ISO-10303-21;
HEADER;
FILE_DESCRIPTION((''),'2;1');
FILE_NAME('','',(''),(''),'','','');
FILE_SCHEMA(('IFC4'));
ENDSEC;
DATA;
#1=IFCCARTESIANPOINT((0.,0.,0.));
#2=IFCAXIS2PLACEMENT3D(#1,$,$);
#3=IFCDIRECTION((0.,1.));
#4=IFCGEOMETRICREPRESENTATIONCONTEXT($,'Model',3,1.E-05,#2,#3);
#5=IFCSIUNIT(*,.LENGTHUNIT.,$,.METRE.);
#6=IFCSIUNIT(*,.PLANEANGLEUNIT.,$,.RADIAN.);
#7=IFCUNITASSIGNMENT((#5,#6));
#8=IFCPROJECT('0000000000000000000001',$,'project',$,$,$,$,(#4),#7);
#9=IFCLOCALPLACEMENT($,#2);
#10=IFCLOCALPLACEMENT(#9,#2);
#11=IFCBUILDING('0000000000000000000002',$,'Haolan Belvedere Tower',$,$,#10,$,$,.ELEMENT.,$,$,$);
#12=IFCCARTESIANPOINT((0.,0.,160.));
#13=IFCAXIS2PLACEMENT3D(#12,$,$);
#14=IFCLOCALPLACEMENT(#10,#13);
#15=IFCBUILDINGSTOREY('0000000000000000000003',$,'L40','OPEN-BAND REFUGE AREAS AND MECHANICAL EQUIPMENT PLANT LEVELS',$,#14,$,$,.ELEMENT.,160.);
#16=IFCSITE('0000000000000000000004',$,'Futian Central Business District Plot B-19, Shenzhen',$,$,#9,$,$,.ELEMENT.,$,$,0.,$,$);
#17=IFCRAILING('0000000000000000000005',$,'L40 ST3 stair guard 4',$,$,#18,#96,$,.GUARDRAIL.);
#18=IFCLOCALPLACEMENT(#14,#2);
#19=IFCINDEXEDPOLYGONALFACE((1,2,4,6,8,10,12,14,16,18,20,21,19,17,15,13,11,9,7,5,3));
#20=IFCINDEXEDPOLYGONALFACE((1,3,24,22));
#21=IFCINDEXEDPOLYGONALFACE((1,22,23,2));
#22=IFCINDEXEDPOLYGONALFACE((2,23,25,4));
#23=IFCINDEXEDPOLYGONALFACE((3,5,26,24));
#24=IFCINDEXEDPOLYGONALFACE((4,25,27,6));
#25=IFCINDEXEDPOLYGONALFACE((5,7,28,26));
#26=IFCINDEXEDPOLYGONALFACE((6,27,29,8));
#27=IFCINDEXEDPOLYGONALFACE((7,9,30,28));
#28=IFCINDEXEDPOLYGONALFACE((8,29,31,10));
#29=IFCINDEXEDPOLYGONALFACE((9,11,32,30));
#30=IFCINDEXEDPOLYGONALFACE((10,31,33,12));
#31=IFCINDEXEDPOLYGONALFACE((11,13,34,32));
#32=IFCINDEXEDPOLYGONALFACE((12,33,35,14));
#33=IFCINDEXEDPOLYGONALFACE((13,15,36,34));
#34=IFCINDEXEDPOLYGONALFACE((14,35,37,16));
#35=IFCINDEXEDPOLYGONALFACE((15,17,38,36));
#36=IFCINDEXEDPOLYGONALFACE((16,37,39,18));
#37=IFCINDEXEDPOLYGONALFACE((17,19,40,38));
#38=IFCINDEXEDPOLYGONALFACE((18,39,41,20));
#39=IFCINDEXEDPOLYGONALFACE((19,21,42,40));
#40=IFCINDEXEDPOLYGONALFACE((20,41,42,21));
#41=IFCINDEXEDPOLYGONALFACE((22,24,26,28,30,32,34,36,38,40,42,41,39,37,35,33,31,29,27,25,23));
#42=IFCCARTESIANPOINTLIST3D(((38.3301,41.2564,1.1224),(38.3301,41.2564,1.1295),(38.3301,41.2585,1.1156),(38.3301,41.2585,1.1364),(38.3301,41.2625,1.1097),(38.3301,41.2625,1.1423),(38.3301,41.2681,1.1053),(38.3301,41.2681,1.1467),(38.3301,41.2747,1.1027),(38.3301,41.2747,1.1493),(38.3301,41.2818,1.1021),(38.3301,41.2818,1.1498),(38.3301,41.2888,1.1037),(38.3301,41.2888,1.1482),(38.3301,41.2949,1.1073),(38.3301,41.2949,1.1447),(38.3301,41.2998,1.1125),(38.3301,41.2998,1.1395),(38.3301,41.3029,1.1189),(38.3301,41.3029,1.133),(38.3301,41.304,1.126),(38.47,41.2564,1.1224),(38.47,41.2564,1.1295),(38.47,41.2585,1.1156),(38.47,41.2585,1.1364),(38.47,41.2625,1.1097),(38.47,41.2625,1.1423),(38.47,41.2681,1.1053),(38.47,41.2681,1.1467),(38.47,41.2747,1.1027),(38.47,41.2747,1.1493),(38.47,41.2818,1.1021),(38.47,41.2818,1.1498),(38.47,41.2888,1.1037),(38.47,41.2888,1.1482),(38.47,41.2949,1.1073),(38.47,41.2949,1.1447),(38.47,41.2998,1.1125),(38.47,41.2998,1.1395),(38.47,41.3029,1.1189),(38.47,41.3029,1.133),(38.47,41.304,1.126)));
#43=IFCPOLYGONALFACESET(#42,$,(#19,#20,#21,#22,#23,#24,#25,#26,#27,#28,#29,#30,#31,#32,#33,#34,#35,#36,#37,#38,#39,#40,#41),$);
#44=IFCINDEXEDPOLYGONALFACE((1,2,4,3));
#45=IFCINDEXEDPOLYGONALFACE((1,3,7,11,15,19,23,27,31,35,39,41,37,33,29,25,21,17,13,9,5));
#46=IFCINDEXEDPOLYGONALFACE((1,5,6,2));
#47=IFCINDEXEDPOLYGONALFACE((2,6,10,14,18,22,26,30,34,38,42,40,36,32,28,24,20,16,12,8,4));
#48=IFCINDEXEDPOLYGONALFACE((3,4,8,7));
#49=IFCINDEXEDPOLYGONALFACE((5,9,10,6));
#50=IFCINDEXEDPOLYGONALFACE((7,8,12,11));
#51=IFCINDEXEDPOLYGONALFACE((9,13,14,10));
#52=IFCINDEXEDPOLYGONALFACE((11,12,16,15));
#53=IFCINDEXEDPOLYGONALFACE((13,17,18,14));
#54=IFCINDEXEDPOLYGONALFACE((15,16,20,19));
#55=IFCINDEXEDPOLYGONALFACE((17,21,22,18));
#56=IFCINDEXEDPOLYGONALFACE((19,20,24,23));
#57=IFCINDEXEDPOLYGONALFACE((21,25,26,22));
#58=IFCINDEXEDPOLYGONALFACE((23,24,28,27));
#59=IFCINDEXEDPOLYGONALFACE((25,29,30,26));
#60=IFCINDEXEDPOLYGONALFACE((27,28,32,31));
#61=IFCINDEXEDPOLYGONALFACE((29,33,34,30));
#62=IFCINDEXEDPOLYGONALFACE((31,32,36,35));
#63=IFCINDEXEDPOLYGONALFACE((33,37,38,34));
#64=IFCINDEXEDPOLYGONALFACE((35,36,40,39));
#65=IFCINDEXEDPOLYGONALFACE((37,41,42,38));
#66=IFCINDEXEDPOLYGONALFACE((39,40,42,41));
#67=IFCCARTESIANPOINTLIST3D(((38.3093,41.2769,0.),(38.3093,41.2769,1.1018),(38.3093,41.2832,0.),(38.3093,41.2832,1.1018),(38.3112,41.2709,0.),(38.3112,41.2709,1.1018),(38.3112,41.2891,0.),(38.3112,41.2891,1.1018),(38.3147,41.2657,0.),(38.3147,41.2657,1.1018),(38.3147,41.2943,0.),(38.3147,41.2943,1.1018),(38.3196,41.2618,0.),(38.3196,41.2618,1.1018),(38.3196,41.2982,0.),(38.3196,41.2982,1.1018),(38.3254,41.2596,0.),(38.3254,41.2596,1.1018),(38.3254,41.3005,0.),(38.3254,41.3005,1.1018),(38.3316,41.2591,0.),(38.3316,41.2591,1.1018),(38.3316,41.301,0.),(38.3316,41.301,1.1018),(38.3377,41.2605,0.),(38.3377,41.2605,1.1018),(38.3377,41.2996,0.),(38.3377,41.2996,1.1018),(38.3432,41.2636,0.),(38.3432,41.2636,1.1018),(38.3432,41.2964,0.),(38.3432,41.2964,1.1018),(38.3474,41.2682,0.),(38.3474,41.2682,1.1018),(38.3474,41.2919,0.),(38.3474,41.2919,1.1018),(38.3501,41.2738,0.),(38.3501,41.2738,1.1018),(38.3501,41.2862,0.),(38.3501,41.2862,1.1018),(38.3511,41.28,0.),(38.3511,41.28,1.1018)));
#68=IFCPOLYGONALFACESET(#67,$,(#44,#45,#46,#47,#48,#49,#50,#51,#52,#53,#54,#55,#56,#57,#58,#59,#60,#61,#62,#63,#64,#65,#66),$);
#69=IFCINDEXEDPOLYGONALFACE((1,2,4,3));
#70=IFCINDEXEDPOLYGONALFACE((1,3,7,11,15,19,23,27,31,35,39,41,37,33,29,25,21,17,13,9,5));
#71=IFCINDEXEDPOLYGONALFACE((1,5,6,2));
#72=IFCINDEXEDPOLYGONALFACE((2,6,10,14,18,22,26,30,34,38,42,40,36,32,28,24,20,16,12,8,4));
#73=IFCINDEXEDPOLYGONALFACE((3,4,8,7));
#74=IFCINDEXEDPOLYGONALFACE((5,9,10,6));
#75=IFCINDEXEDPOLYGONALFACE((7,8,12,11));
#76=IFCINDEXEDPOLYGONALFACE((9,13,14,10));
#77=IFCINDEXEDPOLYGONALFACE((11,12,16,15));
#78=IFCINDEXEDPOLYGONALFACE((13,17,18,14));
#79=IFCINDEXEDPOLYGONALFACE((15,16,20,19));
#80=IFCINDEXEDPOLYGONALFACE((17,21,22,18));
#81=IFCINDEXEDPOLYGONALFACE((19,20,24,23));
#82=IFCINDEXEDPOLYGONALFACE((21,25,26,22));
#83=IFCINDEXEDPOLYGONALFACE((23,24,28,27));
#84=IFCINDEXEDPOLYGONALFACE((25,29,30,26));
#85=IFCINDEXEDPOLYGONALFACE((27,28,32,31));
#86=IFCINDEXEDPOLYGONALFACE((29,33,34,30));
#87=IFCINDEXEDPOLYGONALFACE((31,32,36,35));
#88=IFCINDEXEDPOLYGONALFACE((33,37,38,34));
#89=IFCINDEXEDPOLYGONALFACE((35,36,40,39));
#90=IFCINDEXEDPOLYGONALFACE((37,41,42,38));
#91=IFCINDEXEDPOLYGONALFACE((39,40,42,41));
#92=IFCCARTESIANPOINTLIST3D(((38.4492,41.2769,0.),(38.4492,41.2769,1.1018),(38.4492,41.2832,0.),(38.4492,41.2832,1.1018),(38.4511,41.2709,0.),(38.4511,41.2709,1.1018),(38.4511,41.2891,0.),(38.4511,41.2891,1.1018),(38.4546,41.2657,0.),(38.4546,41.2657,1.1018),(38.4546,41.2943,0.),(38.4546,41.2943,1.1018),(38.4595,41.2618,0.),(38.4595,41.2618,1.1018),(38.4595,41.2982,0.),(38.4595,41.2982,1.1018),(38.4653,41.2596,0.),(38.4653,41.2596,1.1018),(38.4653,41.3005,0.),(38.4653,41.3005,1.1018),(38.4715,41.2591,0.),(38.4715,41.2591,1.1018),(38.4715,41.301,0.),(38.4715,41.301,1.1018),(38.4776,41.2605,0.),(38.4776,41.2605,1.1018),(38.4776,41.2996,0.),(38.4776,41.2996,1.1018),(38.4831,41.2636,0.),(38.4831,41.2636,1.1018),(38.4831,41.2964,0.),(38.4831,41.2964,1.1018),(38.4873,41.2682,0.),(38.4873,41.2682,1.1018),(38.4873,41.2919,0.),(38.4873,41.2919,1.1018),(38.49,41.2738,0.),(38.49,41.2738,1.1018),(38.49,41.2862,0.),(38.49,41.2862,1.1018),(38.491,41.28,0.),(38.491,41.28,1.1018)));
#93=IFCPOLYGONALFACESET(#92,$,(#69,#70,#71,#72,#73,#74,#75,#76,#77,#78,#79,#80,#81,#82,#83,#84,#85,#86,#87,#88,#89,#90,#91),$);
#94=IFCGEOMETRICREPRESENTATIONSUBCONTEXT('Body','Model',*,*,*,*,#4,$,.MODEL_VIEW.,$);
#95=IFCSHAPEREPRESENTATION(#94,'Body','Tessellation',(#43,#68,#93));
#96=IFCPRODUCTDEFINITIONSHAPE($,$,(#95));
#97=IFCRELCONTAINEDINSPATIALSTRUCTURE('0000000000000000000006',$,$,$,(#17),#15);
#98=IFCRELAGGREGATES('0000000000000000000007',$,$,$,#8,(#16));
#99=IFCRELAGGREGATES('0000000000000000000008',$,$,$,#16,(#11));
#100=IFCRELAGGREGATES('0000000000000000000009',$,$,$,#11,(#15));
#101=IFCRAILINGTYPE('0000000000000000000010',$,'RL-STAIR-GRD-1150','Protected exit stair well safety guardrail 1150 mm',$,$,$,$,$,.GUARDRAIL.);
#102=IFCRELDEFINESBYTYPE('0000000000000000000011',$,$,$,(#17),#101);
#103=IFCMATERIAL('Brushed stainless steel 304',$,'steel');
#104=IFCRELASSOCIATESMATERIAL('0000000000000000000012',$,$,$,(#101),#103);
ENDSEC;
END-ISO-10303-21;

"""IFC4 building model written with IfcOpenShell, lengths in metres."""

from ifc_helpers import new_model, si_unit, direction, frame, origin, origin_2d, place, context, subcontext, project, spatial, circle, extrude, material, type_object, element, save


model = new_model("IFC4")

# Units and contexts
model_context = context("Model", 3, precision=1e-05, world=origin(), true_north=direction((0.0, 1.0)))
body_context = subcontext(model_context, "Body", "Model", "MODEL_VIEW")
ifc_project = project(units=[si_unit("LENGTHUNIT", "METRE"), si_unit("PLANEANGLEUNIT", "RADIAN")], contexts=[model_context])

# Site, building, storey
site_placement = place(None, origin())
site = spatial("IfcSite", under=ifc_project, at=site_placement, Name="Futian Central Business District Plot B-19, Shenzhen", CompositionType="ELEMENT", RefElevation=0.0)
building_placement = place(site_placement, origin())
building = spatial("IfcBuilding", under=site, at=building_placement, Name="Haolan Belvedere Tower", CompositionType="ELEMENT")
storey_placement = place(building_placement, frame((0.0, 0.0, 160.0)))
storey = spatial("IfcBuildingStorey", under=building, at=storey_placement, Name="L40", Description="OPEN-BAND REFUGE AREAS AND MECHANICAL EQUIPMENT PLANT LEVELS", CompositionType="ELEMENT", Elevation=160.0)

# Railing
ifc_material_1 = material(Name="Brushed stainless steel 304", Category="steel")
railing_type_1 = type_object("IfcRailingType", Name="RL-STAIR-GRD-1150", Description="Protected exit stair well safety guardrail 1150 mm", PredefinedType="GUARDRAIL", material=ifc_material_1)
railing_1_placement = place(storey_placement, frame((38.3301, 41.28, 0.0)))
element("IfcRailing", 1, at=railing_1_placement, inside=storey, type_object=railing_type_1, Name="L40 ST3 stair guard 4", PredefinedType="GUARDRAIL", context=body_context, shape_type="SweptSolid", body=[
    extrude(circle(Radius=0.0239, at=origin_2d()), frame((0.0, 0.0, 1.126), z_axis=(1.0, 0.0, 0.0), x_axis=(0.0, 1.0, 0.0)), (0.0, 0.0, 1.0), 0.1399),
    extrude(circle(Radius=0.021, at=origin_2d()), origin(), (0.0, 0.0, 1.0), 1.1018),
    extrude(circle(Radius=0.021, at=origin_2d()), frame((0.1399, 0.0, 0.0)), (0.0, 0.0, 1.0), 1.1018),
])

save(model, "model.ifc")
